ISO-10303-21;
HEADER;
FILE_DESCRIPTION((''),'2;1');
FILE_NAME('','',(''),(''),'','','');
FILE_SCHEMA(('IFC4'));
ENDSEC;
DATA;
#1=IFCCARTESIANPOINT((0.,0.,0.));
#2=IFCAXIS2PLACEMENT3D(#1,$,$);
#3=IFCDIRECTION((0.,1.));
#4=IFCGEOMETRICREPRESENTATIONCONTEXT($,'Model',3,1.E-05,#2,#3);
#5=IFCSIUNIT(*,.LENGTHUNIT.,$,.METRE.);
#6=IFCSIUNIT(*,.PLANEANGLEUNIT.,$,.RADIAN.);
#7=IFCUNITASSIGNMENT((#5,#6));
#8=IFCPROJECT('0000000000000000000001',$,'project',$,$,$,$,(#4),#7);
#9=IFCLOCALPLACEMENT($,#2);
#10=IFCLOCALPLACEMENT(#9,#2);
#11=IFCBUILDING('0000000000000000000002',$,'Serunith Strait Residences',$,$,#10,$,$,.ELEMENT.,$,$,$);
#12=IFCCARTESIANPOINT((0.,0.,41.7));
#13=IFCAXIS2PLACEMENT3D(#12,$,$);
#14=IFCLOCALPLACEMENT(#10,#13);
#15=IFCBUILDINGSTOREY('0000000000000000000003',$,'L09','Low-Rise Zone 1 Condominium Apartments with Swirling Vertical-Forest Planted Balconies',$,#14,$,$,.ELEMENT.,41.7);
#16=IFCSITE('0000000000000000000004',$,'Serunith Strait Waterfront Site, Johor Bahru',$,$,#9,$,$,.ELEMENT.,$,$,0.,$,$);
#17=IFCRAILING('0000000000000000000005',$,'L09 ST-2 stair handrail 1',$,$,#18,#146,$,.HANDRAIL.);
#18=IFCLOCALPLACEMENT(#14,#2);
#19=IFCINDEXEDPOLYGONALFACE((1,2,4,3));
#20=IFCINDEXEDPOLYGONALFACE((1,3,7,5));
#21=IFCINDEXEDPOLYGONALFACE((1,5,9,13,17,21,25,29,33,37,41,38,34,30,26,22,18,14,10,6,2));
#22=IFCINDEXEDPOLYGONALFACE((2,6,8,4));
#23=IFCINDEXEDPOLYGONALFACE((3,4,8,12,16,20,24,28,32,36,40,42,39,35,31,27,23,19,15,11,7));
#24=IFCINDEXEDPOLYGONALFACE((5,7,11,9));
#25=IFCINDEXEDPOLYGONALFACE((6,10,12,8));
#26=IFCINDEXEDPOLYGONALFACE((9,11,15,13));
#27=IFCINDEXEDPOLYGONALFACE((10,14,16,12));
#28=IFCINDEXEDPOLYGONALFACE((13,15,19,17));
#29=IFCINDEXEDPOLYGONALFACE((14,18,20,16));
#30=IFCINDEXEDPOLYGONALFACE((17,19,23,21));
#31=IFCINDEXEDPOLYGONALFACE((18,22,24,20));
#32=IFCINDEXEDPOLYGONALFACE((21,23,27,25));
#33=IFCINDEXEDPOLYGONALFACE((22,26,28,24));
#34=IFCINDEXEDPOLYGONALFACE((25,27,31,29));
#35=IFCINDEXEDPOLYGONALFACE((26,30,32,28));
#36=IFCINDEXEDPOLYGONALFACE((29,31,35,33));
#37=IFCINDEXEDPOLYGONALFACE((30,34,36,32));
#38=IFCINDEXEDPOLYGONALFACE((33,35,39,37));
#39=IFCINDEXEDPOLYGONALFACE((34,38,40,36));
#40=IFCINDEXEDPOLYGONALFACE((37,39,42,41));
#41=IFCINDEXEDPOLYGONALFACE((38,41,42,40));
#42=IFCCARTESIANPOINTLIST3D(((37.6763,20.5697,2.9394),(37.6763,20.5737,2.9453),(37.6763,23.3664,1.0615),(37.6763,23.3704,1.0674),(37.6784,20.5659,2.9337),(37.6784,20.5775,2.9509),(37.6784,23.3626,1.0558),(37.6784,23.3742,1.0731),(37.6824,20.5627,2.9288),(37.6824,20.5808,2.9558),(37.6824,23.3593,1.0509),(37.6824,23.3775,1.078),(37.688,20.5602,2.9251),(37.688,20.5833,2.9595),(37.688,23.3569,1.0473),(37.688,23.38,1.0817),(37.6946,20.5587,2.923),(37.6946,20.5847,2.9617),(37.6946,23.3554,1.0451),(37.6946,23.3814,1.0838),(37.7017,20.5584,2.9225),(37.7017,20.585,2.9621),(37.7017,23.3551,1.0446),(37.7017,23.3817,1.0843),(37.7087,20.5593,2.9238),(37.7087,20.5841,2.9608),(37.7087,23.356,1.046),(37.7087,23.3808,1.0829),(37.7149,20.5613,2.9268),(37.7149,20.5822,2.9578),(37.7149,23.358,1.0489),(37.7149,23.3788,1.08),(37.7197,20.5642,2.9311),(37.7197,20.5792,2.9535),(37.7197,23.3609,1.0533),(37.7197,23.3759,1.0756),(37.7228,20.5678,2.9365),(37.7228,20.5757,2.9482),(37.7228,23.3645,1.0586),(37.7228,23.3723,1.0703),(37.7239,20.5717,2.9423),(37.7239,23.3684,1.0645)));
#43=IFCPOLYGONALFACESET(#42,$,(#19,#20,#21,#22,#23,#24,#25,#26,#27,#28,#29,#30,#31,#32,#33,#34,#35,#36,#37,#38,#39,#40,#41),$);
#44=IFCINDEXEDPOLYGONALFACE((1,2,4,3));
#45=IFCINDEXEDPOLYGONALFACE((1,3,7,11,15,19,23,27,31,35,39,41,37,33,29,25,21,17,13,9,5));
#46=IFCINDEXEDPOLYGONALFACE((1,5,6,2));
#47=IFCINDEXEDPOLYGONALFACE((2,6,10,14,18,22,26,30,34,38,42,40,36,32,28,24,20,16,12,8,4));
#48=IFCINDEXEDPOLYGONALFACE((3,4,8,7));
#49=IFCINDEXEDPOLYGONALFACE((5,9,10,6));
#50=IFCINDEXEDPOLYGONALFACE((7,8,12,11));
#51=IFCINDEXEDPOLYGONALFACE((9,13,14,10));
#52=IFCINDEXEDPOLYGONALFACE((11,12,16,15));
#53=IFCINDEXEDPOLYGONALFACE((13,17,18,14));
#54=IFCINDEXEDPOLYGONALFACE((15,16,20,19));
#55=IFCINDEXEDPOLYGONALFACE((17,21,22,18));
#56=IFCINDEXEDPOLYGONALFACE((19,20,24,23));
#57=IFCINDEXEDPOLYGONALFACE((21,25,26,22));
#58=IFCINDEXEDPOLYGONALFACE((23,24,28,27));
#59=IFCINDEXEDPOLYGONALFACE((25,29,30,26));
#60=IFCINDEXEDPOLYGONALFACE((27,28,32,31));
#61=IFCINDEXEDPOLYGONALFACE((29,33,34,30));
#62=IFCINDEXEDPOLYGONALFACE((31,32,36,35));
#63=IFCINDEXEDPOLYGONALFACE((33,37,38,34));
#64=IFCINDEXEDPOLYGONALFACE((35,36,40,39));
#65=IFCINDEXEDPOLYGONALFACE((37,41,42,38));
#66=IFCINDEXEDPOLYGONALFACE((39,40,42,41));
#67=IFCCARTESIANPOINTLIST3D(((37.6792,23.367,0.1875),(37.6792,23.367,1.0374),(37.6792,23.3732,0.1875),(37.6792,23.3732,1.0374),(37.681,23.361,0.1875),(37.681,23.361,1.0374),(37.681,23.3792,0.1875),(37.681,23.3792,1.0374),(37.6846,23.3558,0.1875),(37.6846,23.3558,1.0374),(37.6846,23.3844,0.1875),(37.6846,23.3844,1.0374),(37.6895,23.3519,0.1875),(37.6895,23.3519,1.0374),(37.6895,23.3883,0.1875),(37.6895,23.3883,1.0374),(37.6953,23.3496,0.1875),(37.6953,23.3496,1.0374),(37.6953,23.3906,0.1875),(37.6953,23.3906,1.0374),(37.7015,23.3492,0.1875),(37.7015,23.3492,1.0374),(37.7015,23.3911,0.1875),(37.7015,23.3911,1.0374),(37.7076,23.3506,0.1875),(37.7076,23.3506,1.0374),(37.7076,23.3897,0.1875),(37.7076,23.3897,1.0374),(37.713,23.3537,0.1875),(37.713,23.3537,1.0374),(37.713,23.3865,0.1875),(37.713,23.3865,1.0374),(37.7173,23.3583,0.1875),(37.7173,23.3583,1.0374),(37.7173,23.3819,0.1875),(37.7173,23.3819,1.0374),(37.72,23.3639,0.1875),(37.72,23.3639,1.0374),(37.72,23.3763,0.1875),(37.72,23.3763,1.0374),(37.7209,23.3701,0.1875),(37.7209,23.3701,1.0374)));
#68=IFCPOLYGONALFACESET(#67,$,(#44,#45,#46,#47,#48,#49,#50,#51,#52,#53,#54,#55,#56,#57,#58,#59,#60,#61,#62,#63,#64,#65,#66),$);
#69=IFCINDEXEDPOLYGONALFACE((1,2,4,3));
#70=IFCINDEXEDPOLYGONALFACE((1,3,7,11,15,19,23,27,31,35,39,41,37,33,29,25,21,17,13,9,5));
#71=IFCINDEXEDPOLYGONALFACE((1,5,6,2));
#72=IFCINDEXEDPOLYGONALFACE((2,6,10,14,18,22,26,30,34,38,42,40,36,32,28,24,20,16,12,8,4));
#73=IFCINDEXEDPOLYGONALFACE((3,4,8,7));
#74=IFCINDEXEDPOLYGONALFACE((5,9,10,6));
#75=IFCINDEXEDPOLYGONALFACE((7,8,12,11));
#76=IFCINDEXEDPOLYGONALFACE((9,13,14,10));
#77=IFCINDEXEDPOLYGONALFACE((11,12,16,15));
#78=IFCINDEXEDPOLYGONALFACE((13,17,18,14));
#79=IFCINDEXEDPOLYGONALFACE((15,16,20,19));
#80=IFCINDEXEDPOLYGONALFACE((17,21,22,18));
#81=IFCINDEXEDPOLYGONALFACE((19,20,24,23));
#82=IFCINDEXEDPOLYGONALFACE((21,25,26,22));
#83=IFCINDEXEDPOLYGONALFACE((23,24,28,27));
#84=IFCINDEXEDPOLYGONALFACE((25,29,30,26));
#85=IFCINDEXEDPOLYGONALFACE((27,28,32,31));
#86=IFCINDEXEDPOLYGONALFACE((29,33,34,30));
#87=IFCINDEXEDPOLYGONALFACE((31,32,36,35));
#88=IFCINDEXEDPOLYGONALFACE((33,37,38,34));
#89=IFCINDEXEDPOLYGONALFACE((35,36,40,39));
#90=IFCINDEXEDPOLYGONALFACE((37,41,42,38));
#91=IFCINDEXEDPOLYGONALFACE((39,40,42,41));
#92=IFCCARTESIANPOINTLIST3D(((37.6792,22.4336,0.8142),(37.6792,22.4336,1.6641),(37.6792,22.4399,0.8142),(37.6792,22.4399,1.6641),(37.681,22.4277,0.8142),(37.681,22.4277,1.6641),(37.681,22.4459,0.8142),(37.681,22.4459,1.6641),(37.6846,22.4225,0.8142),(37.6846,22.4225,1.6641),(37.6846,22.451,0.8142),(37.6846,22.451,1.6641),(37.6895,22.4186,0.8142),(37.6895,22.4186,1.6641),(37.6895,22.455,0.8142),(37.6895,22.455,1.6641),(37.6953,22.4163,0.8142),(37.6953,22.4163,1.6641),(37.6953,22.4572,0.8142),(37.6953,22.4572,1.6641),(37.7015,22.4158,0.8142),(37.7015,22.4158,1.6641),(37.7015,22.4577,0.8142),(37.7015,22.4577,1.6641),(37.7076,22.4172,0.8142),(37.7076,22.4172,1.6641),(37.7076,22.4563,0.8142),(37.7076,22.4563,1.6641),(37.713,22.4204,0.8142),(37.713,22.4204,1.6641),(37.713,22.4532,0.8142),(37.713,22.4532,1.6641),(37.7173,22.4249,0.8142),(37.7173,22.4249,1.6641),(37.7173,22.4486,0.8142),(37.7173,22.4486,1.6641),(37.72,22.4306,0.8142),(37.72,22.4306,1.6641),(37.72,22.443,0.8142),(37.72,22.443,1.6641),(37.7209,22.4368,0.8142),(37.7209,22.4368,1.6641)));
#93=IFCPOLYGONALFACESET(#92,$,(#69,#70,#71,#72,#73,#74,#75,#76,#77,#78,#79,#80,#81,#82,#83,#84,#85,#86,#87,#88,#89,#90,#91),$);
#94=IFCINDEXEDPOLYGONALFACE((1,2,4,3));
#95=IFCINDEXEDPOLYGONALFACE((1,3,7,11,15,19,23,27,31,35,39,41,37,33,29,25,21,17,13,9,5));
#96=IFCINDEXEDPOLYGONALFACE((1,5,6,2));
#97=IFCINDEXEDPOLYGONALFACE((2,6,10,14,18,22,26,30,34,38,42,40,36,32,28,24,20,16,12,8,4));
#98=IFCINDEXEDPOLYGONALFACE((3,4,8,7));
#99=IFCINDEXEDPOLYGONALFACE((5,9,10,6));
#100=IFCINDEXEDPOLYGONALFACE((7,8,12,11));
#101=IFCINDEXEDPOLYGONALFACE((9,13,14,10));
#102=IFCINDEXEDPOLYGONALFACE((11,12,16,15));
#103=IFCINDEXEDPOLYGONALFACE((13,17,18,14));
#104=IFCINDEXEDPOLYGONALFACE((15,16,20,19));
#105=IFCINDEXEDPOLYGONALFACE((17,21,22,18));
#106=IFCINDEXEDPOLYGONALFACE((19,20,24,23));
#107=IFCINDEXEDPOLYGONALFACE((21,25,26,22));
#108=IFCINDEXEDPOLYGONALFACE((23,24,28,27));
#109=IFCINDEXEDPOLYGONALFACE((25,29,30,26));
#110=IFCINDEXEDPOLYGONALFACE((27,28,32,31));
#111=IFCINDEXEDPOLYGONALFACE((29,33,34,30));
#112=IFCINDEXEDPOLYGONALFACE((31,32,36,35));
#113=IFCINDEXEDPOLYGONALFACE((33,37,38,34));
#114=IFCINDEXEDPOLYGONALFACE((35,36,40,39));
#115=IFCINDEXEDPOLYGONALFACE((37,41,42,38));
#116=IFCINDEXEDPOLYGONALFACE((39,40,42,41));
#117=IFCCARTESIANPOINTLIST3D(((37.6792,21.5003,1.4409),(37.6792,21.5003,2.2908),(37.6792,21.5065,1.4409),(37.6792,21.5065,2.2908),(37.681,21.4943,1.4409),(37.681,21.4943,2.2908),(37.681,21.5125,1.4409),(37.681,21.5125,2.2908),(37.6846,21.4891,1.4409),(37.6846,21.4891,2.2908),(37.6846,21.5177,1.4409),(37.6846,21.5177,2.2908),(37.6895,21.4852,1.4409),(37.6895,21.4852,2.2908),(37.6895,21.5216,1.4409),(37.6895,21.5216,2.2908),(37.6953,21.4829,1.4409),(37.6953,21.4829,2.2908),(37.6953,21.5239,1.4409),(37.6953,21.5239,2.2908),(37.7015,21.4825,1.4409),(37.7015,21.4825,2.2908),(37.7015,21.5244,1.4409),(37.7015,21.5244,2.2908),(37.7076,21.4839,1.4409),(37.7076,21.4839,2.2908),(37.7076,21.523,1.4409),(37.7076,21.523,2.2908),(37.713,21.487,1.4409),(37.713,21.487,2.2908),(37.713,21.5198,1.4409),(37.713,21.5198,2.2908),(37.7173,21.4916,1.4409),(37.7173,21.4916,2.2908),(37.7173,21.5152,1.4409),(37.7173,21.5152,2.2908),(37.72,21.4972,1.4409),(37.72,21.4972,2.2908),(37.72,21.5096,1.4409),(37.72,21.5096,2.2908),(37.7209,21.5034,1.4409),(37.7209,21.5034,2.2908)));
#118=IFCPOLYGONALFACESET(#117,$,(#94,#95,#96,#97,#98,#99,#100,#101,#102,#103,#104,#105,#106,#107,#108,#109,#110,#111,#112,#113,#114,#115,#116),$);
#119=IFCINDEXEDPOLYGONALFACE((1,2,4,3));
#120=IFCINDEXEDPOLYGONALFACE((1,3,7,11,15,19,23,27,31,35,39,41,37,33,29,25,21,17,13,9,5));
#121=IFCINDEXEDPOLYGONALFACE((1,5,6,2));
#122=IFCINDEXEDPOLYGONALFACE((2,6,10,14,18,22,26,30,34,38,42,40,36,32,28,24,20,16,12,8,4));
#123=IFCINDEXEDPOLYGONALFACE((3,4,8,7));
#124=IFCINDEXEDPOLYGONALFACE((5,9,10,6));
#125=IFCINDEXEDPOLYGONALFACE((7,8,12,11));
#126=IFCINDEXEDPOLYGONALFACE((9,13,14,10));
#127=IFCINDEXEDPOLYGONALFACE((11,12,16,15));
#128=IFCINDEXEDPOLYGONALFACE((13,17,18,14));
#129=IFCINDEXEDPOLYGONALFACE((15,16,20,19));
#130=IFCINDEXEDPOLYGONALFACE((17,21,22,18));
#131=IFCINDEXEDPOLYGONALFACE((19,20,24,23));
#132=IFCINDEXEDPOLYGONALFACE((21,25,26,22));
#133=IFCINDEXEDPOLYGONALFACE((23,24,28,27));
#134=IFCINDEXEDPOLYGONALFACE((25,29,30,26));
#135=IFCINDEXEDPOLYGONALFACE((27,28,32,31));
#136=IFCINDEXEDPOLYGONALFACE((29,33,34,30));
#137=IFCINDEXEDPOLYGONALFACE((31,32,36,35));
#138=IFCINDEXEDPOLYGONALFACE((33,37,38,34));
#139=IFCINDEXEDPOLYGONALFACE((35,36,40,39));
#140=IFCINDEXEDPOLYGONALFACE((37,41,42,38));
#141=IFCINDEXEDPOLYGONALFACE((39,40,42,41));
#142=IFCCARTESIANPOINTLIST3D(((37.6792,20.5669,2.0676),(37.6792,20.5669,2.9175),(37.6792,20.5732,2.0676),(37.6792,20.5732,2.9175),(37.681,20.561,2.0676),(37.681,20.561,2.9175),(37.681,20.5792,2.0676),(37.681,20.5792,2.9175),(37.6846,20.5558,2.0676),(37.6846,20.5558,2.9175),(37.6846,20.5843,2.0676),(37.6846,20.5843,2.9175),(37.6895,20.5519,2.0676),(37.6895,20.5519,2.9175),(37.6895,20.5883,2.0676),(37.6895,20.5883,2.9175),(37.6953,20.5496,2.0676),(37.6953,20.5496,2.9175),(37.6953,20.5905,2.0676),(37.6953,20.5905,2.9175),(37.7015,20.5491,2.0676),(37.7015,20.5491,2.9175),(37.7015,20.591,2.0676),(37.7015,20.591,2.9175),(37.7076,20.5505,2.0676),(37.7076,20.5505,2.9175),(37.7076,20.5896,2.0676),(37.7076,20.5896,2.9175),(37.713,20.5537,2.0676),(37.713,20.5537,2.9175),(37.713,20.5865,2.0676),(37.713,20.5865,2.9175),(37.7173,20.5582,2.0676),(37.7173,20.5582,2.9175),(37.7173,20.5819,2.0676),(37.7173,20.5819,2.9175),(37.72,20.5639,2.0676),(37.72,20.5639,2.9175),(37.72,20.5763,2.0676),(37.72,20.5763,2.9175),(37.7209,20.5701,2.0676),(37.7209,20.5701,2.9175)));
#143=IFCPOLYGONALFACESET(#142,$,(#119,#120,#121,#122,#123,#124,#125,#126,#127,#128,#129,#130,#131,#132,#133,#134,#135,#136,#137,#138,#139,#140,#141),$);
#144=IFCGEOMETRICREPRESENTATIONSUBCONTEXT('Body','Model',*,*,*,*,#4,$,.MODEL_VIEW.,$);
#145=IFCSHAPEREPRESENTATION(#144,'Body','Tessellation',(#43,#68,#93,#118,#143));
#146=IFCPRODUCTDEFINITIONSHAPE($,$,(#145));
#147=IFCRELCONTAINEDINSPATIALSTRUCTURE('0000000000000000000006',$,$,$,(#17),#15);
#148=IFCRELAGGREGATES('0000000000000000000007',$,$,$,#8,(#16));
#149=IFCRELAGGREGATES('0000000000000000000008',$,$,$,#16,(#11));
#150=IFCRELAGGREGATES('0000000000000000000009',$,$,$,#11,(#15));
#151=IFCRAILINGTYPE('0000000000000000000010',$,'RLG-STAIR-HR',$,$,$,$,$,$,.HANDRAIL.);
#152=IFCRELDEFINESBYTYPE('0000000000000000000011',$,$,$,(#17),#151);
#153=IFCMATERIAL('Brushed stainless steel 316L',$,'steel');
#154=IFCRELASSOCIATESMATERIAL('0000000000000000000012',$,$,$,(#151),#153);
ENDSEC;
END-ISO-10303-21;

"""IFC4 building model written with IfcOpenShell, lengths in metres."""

from ifc_helpers import new_model, si_unit, direction, frame, origin, origin_2d, place, context, subcontext, project, spatial, circle, extrude, material, type_object, element, save


model = new_model("IFC4")

# Units and contexts
model_context = context("Model", 3, precision=1e-05, world=origin(), true_north=direction((0.0, 1.0)))
body_context = subcontext(model_context, "Body", "Model", "MODEL_VIEW")
ifc_project = project(units=[si_unit("LENGTHUNIT", "METRE"), si_unit("PLANEANGLEUNIT", "RADIAN")], contexts=[model_context])

# Site, building, storey
site_placement = place(None, origin())
site = spatial("IfcSite", under=ifc_project, at=site_placement, Name="Serunith Strait Waterfront Site, Johor Bahru", CompositionType="ELEMENT", RefElevation=0.0)
building_placement = place(site_placement, origin())
building = spatial("IfcBuilding", under=site, at=building_placement, Name="Serunith Strait Residences", CompositionType="ELEMENT")
storey_placement = place(building_placement, frame((0.0, 0.0, 41.7)))
storey = spatial("IfcBuildingStorey", under=building, at=storey_placement, Name="L09", Description="Low-Rise Zone 1 Condominium Apartments with Swirling Vertical-Forest Planted Balconies", CompositionType="ELEMENT", Elevation=41.7)

# Railing
ifc_material_1 = material(Name="Brushed stainless steel 316L", Category="steel")
railing_type_1 = type_object("IfcRailingType", Name="RLG-STAIR-HR", PredefinedType="HANDRAIL", material=ifc_material_1)
railing_1_placement = place(storey_placement, frame((37.7, 23.3701, 0.1875)))
element("IfcRailing", 1, at=railing_1_placement, inside=storey, type_object=railing_type_1, Name="L09 ST-2 stair handrail 1", PredefinedType="HANDRAIL", context=body_context, shape_type="SweptSolid", body=[
    extrude(circle(Radius=0.0239, at=origin_2d()), frame((0.0, -0.0017, 0.877), z_axis=(0.0, -0.830208, 0.557453), x_axis=(1.0, 0.0, 0.0)), (0.0, 0.0, 1.0), 3.3687),
    extrude(circle(Radius=0.021, at=origin_2d()), origin(), (0.0, 0.0, 1.0), 0.8499),
    extrude(circle(Radius=0.021, at=origin_2d()), frame((0.0, -0.9333, 0.6267)), (0.0, 0.0, 1.0), 0.8499),
    extrude(circle(Radius=0.021, at=origin_2d()), frame((0.0, -1.8667, 1.2534)), (0.0, 0.0, 1.0), 0.8499),
    extrude(circle(Radius=0.021, at=origin_2d()), frame((0.0, -2.8, 1.8801)), (0.0, 0.0, 1.0), 0.8499),
])

save(model, "model.ifc")
